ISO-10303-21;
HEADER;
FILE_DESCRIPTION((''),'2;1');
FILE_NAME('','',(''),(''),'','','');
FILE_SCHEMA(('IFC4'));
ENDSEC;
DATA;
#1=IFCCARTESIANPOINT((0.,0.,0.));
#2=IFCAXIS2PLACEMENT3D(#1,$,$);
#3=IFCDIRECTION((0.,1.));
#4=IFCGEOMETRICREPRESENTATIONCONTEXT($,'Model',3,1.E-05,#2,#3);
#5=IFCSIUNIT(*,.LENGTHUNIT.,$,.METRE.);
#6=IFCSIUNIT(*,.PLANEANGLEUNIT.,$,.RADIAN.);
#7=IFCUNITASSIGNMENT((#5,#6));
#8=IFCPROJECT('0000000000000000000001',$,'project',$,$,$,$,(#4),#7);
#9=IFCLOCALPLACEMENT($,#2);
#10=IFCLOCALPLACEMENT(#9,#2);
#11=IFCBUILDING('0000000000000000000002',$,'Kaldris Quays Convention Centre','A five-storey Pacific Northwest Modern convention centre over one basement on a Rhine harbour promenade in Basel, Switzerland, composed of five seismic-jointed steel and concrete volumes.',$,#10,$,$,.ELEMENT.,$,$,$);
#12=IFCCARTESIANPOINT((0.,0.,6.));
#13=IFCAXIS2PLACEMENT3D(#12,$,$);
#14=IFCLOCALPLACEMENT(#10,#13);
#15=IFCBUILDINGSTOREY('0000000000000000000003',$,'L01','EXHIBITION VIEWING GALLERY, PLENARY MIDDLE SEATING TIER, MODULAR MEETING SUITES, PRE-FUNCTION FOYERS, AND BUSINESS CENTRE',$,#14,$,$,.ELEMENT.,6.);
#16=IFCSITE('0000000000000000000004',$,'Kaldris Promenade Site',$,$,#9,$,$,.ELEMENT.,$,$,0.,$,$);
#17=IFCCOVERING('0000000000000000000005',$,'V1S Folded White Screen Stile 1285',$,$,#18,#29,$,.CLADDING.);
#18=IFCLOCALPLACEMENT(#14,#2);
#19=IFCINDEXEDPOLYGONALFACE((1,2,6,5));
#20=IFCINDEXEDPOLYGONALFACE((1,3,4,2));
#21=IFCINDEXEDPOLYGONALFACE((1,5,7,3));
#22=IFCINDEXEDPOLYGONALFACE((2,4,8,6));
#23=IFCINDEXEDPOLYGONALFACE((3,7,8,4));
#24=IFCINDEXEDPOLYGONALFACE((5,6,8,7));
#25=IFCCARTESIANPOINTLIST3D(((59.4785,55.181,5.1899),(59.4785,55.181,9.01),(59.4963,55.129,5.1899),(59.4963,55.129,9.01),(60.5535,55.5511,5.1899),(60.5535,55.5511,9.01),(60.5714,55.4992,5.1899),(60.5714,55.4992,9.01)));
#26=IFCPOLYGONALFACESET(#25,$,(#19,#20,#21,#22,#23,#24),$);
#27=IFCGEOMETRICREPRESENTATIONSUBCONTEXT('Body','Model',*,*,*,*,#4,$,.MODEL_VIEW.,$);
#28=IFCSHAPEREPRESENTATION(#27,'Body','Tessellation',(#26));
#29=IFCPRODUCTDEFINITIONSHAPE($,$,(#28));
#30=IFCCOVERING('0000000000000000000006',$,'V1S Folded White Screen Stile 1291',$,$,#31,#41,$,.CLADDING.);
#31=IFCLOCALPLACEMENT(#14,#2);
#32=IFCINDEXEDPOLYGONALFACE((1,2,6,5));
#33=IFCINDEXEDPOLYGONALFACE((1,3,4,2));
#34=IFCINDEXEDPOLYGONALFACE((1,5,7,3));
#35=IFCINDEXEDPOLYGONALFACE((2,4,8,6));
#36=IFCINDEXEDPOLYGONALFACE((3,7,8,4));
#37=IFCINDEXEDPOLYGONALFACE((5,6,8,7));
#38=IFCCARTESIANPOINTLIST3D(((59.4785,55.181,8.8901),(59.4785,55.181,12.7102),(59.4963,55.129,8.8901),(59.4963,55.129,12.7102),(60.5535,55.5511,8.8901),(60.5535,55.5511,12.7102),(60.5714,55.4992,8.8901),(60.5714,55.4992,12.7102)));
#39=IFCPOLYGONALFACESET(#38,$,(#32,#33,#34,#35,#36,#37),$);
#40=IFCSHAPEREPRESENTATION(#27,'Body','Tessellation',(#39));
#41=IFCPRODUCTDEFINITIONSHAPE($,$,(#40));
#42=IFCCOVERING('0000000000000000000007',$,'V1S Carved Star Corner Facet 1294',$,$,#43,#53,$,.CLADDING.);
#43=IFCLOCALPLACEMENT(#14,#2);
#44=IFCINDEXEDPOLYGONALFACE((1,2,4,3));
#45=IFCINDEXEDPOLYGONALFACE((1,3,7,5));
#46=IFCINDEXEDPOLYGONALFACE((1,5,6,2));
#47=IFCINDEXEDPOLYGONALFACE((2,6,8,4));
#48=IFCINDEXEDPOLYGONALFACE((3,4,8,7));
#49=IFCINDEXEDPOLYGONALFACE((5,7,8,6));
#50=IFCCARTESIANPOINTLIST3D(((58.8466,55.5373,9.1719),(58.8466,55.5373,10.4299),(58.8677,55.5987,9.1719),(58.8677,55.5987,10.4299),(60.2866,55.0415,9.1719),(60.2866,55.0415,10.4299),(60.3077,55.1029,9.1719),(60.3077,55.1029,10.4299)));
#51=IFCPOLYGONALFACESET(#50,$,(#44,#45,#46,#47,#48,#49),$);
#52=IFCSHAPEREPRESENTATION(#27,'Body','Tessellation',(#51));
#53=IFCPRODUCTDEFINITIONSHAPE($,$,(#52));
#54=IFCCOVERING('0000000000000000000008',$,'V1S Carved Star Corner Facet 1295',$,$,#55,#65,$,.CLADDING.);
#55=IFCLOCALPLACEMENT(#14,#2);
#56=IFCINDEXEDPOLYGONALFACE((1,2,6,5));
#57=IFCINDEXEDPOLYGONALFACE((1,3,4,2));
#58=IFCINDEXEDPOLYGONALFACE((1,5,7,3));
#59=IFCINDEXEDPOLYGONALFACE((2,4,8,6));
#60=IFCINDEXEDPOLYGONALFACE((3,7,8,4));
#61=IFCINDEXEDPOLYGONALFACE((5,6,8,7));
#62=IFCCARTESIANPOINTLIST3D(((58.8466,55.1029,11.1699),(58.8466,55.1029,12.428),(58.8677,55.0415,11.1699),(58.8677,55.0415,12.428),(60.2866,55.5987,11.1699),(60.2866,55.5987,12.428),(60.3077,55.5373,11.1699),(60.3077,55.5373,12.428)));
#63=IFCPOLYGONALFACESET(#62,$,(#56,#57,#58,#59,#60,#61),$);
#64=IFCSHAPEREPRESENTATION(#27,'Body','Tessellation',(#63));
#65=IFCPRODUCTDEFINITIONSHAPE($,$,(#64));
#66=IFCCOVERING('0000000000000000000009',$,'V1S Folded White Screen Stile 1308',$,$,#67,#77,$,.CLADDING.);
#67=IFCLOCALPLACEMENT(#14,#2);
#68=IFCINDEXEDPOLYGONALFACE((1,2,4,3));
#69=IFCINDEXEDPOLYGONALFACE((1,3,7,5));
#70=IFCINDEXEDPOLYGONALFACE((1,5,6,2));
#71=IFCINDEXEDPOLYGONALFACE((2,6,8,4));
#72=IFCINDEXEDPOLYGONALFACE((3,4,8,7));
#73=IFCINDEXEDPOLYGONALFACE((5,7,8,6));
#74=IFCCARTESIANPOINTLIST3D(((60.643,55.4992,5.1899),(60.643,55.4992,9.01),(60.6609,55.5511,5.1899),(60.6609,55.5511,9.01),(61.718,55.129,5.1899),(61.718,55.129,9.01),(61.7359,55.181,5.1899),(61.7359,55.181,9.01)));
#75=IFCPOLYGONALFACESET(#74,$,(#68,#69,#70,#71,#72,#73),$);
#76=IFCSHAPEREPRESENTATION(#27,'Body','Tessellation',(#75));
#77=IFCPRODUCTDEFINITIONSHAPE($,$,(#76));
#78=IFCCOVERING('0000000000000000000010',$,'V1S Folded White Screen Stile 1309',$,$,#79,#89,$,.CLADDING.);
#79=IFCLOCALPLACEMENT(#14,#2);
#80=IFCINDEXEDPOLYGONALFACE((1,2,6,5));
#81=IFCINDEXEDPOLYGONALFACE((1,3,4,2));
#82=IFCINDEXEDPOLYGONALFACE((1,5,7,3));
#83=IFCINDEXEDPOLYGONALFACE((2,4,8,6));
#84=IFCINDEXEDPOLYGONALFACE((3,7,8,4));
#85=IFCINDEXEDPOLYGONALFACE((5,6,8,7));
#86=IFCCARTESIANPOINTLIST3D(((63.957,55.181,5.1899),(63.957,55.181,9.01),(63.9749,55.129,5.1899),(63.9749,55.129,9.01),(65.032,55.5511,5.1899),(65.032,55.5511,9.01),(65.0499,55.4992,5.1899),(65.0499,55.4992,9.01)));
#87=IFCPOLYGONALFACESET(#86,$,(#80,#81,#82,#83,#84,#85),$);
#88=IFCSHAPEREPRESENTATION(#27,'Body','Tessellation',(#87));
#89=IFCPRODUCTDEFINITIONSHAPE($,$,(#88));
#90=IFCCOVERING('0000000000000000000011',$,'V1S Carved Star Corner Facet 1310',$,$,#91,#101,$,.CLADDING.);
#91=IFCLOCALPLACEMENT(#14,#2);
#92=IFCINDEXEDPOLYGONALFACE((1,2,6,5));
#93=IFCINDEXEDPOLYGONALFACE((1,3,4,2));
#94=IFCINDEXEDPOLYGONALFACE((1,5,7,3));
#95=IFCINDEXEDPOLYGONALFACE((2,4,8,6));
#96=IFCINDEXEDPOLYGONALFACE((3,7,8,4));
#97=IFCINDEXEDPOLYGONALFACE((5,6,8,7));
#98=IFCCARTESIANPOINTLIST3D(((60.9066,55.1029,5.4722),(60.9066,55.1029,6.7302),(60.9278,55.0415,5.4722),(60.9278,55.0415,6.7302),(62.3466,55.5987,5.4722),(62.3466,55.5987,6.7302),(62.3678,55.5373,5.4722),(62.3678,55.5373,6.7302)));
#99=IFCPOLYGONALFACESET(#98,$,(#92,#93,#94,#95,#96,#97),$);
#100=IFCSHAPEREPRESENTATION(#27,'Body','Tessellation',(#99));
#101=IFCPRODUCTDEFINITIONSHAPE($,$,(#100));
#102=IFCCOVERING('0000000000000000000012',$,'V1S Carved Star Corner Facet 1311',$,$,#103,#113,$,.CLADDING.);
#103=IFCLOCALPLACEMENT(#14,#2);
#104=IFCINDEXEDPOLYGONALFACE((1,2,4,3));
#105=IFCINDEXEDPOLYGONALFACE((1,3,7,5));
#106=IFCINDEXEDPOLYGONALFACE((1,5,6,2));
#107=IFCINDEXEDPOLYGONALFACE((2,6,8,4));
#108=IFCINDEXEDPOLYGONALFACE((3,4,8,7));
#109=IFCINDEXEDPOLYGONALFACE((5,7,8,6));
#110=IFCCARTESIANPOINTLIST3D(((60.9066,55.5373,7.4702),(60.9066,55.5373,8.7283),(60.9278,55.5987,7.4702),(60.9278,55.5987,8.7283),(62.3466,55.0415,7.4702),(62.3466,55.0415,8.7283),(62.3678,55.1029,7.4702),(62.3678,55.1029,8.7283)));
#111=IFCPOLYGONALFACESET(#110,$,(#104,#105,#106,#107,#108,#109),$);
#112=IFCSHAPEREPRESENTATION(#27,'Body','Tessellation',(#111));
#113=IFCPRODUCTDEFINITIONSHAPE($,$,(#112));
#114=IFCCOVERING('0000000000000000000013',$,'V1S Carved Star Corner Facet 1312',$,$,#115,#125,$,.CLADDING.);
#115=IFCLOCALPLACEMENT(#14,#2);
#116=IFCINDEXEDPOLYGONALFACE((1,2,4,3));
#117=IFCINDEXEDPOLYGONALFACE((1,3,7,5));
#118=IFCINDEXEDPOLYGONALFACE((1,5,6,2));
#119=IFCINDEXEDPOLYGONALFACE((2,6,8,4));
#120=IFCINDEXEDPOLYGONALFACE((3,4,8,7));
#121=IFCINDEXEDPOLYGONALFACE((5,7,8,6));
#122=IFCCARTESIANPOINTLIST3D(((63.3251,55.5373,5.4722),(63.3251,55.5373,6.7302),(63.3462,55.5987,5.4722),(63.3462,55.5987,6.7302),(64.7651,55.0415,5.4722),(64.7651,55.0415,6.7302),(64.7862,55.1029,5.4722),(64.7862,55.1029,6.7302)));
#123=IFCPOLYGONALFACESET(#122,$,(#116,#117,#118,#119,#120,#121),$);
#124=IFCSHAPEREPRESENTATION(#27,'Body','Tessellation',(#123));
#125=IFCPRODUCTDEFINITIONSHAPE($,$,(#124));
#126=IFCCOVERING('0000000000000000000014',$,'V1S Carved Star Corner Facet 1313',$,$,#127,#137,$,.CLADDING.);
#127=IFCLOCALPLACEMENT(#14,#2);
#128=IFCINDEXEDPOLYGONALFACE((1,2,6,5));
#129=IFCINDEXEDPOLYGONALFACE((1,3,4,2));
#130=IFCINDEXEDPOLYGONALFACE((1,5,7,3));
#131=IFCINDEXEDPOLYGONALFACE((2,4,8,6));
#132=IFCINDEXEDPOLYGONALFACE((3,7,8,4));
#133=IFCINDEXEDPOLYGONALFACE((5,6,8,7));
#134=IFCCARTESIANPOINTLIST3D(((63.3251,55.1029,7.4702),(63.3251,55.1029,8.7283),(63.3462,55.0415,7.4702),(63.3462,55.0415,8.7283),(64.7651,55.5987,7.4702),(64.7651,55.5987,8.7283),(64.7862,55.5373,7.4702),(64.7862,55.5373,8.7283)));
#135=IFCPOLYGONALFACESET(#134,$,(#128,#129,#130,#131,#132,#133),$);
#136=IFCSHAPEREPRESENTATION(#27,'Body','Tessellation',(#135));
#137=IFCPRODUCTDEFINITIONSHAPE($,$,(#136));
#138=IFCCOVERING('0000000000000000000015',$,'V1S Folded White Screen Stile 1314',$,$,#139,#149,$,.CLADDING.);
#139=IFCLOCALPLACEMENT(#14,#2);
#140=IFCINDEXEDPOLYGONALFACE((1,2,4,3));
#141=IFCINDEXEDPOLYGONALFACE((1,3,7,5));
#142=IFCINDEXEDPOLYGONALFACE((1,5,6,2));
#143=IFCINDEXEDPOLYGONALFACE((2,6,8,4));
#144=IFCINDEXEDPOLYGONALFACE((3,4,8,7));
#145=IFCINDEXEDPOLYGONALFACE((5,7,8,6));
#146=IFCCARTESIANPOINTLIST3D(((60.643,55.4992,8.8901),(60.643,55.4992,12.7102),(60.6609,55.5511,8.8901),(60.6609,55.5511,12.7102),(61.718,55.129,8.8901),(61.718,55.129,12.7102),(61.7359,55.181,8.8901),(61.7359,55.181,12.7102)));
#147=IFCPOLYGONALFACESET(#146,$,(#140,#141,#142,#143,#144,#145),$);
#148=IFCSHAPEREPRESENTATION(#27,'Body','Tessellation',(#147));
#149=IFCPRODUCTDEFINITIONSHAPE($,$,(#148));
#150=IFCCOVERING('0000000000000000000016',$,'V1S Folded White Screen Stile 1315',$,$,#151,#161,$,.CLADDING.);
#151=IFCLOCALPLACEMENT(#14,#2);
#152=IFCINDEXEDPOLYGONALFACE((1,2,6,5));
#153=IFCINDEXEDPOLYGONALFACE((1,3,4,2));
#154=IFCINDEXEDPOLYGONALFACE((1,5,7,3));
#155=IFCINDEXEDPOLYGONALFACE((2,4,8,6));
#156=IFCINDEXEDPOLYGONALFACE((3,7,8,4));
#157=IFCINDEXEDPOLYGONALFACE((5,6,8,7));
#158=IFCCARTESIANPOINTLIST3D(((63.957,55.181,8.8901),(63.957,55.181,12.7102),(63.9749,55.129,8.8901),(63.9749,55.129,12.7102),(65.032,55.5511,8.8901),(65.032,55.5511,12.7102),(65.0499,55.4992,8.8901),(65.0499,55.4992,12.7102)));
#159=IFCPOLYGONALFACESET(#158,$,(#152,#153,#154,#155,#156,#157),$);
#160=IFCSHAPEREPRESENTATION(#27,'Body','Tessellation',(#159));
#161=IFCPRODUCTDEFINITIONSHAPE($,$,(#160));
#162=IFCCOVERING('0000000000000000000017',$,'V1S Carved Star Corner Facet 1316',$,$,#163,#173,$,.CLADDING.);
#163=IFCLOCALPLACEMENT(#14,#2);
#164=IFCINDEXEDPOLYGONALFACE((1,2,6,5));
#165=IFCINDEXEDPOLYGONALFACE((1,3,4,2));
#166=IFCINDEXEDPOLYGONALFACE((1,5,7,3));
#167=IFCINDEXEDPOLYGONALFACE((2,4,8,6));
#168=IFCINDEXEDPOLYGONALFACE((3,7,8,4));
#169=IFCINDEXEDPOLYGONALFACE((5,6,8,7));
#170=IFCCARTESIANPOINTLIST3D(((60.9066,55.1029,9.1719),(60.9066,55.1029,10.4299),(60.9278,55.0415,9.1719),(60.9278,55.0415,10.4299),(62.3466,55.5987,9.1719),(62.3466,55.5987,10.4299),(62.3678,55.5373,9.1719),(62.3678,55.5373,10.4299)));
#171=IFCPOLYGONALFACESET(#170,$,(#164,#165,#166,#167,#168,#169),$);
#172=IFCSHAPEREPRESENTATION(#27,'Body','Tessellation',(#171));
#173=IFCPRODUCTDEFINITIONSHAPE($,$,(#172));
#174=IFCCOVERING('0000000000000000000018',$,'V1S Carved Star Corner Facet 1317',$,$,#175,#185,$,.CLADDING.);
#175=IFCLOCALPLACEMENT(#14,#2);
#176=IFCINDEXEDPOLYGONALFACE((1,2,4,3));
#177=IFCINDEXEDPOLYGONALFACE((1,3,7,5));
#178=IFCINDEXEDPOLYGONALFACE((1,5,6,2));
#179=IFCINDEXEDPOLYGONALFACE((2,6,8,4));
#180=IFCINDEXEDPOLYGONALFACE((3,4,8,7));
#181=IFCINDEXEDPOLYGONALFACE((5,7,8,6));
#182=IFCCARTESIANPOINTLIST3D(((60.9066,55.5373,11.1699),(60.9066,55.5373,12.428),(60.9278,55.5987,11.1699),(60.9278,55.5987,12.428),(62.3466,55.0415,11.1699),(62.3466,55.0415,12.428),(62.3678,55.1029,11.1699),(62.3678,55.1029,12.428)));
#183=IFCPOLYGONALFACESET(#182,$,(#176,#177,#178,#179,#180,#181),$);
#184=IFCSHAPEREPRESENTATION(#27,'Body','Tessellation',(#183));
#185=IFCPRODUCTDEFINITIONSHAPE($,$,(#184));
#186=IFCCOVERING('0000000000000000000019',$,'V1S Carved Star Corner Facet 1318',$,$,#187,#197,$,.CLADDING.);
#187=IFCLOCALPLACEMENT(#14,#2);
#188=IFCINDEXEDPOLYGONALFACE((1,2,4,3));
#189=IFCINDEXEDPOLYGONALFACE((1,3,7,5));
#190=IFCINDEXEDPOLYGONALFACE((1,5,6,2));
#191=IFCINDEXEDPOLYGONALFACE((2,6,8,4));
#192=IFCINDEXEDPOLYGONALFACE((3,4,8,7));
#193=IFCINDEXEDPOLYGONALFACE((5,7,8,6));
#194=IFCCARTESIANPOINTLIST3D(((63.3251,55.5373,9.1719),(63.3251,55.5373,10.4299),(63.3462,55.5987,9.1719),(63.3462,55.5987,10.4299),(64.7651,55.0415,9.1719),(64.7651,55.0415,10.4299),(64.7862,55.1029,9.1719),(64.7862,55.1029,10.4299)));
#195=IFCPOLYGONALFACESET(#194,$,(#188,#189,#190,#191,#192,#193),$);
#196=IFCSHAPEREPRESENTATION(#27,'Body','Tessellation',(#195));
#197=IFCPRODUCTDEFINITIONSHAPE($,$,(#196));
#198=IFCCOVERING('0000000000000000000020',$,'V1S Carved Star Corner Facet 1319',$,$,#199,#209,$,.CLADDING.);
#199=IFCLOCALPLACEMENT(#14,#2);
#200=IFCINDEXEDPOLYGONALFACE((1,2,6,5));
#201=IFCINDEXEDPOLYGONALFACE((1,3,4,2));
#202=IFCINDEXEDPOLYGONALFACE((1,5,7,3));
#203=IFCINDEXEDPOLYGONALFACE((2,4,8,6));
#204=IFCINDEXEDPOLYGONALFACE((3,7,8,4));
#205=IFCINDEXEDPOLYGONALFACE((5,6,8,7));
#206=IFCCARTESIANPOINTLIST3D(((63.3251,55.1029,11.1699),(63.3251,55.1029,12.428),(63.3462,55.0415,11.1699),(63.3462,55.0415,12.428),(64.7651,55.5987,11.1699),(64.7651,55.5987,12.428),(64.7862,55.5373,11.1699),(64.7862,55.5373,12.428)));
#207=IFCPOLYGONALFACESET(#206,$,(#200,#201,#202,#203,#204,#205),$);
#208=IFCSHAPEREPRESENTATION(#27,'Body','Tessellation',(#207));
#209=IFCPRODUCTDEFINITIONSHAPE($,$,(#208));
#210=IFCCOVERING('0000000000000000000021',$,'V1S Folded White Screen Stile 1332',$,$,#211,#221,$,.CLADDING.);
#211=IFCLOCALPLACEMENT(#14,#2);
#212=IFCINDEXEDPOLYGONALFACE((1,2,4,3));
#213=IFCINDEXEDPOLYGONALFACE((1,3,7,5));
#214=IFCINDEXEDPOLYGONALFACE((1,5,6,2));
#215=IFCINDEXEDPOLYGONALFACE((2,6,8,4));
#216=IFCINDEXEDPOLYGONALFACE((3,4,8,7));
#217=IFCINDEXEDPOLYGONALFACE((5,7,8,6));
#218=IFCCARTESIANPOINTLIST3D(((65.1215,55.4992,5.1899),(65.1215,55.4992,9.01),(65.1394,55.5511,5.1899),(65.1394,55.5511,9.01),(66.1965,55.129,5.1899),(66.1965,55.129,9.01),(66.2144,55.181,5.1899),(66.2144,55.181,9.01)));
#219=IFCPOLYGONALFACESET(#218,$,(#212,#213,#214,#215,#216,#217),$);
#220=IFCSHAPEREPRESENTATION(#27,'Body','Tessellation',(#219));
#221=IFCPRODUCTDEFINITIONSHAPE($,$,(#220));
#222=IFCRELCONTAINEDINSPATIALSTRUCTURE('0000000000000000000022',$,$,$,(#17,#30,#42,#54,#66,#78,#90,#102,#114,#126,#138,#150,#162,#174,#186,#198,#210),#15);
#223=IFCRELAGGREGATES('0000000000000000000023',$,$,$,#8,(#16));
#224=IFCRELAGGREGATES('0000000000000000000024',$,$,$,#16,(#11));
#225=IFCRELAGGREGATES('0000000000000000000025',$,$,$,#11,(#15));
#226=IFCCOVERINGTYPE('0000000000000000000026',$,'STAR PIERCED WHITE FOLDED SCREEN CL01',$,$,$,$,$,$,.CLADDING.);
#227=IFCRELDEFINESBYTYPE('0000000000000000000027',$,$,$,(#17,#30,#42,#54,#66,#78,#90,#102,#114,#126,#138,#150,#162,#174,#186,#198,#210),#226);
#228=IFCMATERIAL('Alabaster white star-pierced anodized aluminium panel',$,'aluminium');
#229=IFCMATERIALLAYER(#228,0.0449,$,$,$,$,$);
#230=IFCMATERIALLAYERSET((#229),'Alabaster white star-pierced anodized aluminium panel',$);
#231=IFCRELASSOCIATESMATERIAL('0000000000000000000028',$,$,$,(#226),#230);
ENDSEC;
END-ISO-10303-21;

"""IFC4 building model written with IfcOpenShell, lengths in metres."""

from ifc_helpers import new_model, si_unit, direction, frame, origin, origin_2d, place, context, subcontext, project, spatial, rectangle, extrude, material, layer, layer_set, type_object, element, save


model = new_model("IFC4")

# Units and contexts
model_context = context("Model", 3, precision=1e-05, world=origin(), true_north=direction((0.0, 1.0)))
body_context = subcontext(model_context, "Body", "Model", "MODEL_VIEW")
ifc_project = project(units=[si_unit("LENGTHUNIT", "METRE"), si_unit("PLANEANGLEUNIT", "RADIAN")], contexts=[model_context])

# Site, building, storey
site_placement = place(None, origin())
site = spatial("IfcSite", under=ifc_project, at=site_placement, Name="Kaldris Promenade Site", CompositionType="ELEMENT", RefElevation=0.0)
building_placement = place(site_placement, origin())
building = spatial("IfcBuilding", under=site, at=building_placement, Name="Kaldris Quays Convention Centre", Description="A five-storey Pacific Northwest Modern convention centre over one basement on a Rhine harbour promenade in Basel, Switzerland, composed of five seismic-jointed steel and concrete volumes.", CompositionType="ELEMENT")
storey_placement = place(building_placement, frame((0.0, 0.0, 6.0)))
storey = spatial("IfcBuildingStorey", under=building, at=storey_placement, Name="L01", Description="EXHIBITION VIEWING GALLERY, PLENARY MIDDLE SEATING TIER, MODULAR MEETING SUITES, PRE-FUNCTION FOYERS, AND BUSINESS CENTRE", CompositionType="ELEMENT", Elevation=6.0)

# Coverings
ifc_material = material(Name="Alabaster white star-pierced anodized aluminium panel", Category="aluminium")
ifc_layer = layer(ifc_material, 0.0449)
ifc_layer_set = layer_set([ifc_layer], Name="Alabaster white star-pierced anodized aluminium panel")
covering_type = type_object("IfcCoveringType", Name="STAR PIERCED WHITE FOLDED SCREEN CL01", PredefinedType="CLADDING", material=ifc_layer_set)
for number, where, z_axis, x_axis, name in (
    (1, (60.0249, 55.3401, 5.1899), (0.0, 0.0, 1.0), (0.945519, 0.325568, 0.0), "V1S Folded White Screen Stile 1285"),
    (2, (60.0249, 55.3401, 8.8901), (0.0, 0.0, 1.0), (0.945519, 0.325568, 0.0), "V1S Folded White Screen Stile 1291"),
):
    element("IfcCovering", number, at=place(storey_placement, frame(where, z_axis=z_axis, x_axis=x_axis)), inside=storey, type_object=covering_type, Name=name, PredefinedType="CLADDING", context=body_context, shape_type="SweptSolid", body=[
        extrude(rectangle(XDim=1.137, YDim=0.0549, at=origin_2d()), origin(), (0.0, 0.0, 1.0), 3.8201),
    ])
for number, where, z_axis, x_axis, name in (
    (3, (59.5771, 55.3201, 9.1719), (0.0, 0.0, 1.0), (0.945519, -0.325568, 0.0), "V1S Carved Star Corner Facet 1294"),
    (4, (59.5771, 55.3201, 11.1699), (0.0, 0.0, 1.0), (0.945519, 0.325568, 0.0), "V1S Carved Star Corner Facet 1295"),
):
    element("IfcCovering", number, at=place(storey_placement, frame(where, z_axis=z_axis, x_axis=x_axis)), inside=storey, type_object=covering_type, Name=name, PredefinedType="CLADDING", context=body_context, shape_type="SweptSolid", body=[
        extrude(rectangle(XDim=1.5229, YDim=0.0649, at=origin_2d()), origin(), (0.0, 0.0, 1.0), 1.2581),
    ])
for number, where, z_axis, x_axis, name in (
    (5, (61.1895, 55.3401, 5.1899), (0.0, 0.0, 1.0), (0.945519, -0.325568, 0.0), "V1S Folded White Screen Stile 1308"),
    (6, (64.5034, 55.3401, 5.1899), (0.0, 0.0, 1.0), (0.945519, 0.325568, 0.0), "V1S Folded White Screen Stile 1309"),
):
    element("IfcCovering", number, at=place(storey_placement, frame(where, z_axis=z_axis, x_axis=x_axis)), inside=storey, type_object=covering_type, Name=name, PredefinedType="CLADDING", context=body_context, shape_type="SweptSolid", body=[
        extrude(rectangle(XDim=1.137, YDim=0.0549, at=origin_2d()), origin(), (0.0, 0.0, 1.0), 3.8201),
    ])
for number, where, z_axis, x_axis, name in (
    (7, (61.6372, 55.3201, 5.4722), (0.0, 0.0, 1.0), (0.945519, 0.325568, 0.0), "V1S Carved Star Corner Facet 1310"),
    (8, (61.6372, 55.3201, 7.4702), (0.0, 0.0, 1.0), (0.945519, -0.325568, 0.0), "V1S Carved Star Corner Facet 1311"),
    (9, (64.0557, 55.3201, 5.4722), (0.0, 0.0, 1.0), (0.945519, -0.325568, 0.0), "V1S Carved Star Corner Facet 1312"),
    (10, (64.0557, 55.3201, 7.4702), (0.0, 0.0, 1.0), (0.945519, 0.325568, 0.0), "V1S Carved Star Corner Facet 1313"),
):
    element("IfcCovering", number, at=place(storey_placement, frame(where, z_axis=z_axis, x_axis=x_axis)), inside=storey, type_object=covering_type, Name=name, PredefinedType="CLADDING", context=body_context, shape_type="SweptSolid", body=[
        extrude(rectangle(XDim=1.5229, YDim=0.0649, at=origin_2d()), origin(), (0.0, 0.0, 1.0), 1.2581),
    ])
for number, where, z_axis, x_axis, name in (
    (11, (61.1895, 55.3401, 8.8901), (0.0, 0.0, 1.0), (0.945519, -0.325568, 0.0), "V1S Folded White Screen Stile 1314"),
    (12, (64.5034, 55.3401, 8.8901), (0.0, 0.0, 1.0), (0.945519, 0.325568, 0.0), "V1S Folded White Screen Stile 1315"),
):
    element("IfcCovering", number, at=place(storey_placement, frame(where, z_axis=z_axis, x_axis=x_axis)), inside=storey, type_object=covering_type, Name=name, PredefinedType="CLADDING", context=body_context, shape_type="SweptSolid", body=[
        extrude(rectangle(XDim=1.137, YDim=0.0549, at=origin_2d()), origin(), (0.0, 0.0, 1.0), 3.8201),
    ])
for number, where, z_axis, x_axis, name in (
    (13, (61.6372, 55.3201, 9.1719), (0.0, 0.0, 1.0), (0.945519, 0.325568, 0.0), "V1S Carved Star Corner Facet 1316"),
    (14, (61.6372, 55.3201, 11.1699), (0.0, 0.0, 1.0), (0.945519, -0.325568, 0.0), "V1S Carved Star Corner Facet 1317"),
    (15, (64.0557, 55.3201, 9.1719), (0.0, 0.0, 1.0), (0.945519, -0.325568, 0.0), "V1S Carved Star Corner Facet 1318"),
    (16, (64.0557, 55.3201, 11.1699), (0.0, 0.0, 1.0), (0.945519, 0.325568, 0.0), "V1S Carved Star Corner Facet 1319"),
):
    element("IfcCovering", number, at=place(storey_placement, frame(where, z_axis=z_axis, x_axis=x_axis)), inside=storey, type_object=covering_type, Name=name, PredefinedType="CLADDING", context=body_context, shape_type="SweptSolid", body=[
        extrude(rectangle(XDim=1.5229, YDim=0.0649, at=origin_2d()), origin(), (0.0, 0.0, 1.0), 1.2581),
    ])
covering_1_placement = place(storey_placement, frame((65.668, 55.3401, 5.1899), z_axis=(0.0, 0.0, 1.0), x_axis=(0.945519, -0.325568, 0.0)))
element("IfcCovering", 17, at=covering_1_placement, inside=storey, type_object=covering_type, Name="V1S Folded White Screen Stile 1332", PredefinedType="CLADDING", context=body_context, shape_type="SweptSolid", body=[
    extrude(rectangle(XDim=1.137, YDim=0.0549, at=origin_2d()), origin(), (0.0, 0.0, 1.0), 3.8201),
])

save(model, "model.ifc")
